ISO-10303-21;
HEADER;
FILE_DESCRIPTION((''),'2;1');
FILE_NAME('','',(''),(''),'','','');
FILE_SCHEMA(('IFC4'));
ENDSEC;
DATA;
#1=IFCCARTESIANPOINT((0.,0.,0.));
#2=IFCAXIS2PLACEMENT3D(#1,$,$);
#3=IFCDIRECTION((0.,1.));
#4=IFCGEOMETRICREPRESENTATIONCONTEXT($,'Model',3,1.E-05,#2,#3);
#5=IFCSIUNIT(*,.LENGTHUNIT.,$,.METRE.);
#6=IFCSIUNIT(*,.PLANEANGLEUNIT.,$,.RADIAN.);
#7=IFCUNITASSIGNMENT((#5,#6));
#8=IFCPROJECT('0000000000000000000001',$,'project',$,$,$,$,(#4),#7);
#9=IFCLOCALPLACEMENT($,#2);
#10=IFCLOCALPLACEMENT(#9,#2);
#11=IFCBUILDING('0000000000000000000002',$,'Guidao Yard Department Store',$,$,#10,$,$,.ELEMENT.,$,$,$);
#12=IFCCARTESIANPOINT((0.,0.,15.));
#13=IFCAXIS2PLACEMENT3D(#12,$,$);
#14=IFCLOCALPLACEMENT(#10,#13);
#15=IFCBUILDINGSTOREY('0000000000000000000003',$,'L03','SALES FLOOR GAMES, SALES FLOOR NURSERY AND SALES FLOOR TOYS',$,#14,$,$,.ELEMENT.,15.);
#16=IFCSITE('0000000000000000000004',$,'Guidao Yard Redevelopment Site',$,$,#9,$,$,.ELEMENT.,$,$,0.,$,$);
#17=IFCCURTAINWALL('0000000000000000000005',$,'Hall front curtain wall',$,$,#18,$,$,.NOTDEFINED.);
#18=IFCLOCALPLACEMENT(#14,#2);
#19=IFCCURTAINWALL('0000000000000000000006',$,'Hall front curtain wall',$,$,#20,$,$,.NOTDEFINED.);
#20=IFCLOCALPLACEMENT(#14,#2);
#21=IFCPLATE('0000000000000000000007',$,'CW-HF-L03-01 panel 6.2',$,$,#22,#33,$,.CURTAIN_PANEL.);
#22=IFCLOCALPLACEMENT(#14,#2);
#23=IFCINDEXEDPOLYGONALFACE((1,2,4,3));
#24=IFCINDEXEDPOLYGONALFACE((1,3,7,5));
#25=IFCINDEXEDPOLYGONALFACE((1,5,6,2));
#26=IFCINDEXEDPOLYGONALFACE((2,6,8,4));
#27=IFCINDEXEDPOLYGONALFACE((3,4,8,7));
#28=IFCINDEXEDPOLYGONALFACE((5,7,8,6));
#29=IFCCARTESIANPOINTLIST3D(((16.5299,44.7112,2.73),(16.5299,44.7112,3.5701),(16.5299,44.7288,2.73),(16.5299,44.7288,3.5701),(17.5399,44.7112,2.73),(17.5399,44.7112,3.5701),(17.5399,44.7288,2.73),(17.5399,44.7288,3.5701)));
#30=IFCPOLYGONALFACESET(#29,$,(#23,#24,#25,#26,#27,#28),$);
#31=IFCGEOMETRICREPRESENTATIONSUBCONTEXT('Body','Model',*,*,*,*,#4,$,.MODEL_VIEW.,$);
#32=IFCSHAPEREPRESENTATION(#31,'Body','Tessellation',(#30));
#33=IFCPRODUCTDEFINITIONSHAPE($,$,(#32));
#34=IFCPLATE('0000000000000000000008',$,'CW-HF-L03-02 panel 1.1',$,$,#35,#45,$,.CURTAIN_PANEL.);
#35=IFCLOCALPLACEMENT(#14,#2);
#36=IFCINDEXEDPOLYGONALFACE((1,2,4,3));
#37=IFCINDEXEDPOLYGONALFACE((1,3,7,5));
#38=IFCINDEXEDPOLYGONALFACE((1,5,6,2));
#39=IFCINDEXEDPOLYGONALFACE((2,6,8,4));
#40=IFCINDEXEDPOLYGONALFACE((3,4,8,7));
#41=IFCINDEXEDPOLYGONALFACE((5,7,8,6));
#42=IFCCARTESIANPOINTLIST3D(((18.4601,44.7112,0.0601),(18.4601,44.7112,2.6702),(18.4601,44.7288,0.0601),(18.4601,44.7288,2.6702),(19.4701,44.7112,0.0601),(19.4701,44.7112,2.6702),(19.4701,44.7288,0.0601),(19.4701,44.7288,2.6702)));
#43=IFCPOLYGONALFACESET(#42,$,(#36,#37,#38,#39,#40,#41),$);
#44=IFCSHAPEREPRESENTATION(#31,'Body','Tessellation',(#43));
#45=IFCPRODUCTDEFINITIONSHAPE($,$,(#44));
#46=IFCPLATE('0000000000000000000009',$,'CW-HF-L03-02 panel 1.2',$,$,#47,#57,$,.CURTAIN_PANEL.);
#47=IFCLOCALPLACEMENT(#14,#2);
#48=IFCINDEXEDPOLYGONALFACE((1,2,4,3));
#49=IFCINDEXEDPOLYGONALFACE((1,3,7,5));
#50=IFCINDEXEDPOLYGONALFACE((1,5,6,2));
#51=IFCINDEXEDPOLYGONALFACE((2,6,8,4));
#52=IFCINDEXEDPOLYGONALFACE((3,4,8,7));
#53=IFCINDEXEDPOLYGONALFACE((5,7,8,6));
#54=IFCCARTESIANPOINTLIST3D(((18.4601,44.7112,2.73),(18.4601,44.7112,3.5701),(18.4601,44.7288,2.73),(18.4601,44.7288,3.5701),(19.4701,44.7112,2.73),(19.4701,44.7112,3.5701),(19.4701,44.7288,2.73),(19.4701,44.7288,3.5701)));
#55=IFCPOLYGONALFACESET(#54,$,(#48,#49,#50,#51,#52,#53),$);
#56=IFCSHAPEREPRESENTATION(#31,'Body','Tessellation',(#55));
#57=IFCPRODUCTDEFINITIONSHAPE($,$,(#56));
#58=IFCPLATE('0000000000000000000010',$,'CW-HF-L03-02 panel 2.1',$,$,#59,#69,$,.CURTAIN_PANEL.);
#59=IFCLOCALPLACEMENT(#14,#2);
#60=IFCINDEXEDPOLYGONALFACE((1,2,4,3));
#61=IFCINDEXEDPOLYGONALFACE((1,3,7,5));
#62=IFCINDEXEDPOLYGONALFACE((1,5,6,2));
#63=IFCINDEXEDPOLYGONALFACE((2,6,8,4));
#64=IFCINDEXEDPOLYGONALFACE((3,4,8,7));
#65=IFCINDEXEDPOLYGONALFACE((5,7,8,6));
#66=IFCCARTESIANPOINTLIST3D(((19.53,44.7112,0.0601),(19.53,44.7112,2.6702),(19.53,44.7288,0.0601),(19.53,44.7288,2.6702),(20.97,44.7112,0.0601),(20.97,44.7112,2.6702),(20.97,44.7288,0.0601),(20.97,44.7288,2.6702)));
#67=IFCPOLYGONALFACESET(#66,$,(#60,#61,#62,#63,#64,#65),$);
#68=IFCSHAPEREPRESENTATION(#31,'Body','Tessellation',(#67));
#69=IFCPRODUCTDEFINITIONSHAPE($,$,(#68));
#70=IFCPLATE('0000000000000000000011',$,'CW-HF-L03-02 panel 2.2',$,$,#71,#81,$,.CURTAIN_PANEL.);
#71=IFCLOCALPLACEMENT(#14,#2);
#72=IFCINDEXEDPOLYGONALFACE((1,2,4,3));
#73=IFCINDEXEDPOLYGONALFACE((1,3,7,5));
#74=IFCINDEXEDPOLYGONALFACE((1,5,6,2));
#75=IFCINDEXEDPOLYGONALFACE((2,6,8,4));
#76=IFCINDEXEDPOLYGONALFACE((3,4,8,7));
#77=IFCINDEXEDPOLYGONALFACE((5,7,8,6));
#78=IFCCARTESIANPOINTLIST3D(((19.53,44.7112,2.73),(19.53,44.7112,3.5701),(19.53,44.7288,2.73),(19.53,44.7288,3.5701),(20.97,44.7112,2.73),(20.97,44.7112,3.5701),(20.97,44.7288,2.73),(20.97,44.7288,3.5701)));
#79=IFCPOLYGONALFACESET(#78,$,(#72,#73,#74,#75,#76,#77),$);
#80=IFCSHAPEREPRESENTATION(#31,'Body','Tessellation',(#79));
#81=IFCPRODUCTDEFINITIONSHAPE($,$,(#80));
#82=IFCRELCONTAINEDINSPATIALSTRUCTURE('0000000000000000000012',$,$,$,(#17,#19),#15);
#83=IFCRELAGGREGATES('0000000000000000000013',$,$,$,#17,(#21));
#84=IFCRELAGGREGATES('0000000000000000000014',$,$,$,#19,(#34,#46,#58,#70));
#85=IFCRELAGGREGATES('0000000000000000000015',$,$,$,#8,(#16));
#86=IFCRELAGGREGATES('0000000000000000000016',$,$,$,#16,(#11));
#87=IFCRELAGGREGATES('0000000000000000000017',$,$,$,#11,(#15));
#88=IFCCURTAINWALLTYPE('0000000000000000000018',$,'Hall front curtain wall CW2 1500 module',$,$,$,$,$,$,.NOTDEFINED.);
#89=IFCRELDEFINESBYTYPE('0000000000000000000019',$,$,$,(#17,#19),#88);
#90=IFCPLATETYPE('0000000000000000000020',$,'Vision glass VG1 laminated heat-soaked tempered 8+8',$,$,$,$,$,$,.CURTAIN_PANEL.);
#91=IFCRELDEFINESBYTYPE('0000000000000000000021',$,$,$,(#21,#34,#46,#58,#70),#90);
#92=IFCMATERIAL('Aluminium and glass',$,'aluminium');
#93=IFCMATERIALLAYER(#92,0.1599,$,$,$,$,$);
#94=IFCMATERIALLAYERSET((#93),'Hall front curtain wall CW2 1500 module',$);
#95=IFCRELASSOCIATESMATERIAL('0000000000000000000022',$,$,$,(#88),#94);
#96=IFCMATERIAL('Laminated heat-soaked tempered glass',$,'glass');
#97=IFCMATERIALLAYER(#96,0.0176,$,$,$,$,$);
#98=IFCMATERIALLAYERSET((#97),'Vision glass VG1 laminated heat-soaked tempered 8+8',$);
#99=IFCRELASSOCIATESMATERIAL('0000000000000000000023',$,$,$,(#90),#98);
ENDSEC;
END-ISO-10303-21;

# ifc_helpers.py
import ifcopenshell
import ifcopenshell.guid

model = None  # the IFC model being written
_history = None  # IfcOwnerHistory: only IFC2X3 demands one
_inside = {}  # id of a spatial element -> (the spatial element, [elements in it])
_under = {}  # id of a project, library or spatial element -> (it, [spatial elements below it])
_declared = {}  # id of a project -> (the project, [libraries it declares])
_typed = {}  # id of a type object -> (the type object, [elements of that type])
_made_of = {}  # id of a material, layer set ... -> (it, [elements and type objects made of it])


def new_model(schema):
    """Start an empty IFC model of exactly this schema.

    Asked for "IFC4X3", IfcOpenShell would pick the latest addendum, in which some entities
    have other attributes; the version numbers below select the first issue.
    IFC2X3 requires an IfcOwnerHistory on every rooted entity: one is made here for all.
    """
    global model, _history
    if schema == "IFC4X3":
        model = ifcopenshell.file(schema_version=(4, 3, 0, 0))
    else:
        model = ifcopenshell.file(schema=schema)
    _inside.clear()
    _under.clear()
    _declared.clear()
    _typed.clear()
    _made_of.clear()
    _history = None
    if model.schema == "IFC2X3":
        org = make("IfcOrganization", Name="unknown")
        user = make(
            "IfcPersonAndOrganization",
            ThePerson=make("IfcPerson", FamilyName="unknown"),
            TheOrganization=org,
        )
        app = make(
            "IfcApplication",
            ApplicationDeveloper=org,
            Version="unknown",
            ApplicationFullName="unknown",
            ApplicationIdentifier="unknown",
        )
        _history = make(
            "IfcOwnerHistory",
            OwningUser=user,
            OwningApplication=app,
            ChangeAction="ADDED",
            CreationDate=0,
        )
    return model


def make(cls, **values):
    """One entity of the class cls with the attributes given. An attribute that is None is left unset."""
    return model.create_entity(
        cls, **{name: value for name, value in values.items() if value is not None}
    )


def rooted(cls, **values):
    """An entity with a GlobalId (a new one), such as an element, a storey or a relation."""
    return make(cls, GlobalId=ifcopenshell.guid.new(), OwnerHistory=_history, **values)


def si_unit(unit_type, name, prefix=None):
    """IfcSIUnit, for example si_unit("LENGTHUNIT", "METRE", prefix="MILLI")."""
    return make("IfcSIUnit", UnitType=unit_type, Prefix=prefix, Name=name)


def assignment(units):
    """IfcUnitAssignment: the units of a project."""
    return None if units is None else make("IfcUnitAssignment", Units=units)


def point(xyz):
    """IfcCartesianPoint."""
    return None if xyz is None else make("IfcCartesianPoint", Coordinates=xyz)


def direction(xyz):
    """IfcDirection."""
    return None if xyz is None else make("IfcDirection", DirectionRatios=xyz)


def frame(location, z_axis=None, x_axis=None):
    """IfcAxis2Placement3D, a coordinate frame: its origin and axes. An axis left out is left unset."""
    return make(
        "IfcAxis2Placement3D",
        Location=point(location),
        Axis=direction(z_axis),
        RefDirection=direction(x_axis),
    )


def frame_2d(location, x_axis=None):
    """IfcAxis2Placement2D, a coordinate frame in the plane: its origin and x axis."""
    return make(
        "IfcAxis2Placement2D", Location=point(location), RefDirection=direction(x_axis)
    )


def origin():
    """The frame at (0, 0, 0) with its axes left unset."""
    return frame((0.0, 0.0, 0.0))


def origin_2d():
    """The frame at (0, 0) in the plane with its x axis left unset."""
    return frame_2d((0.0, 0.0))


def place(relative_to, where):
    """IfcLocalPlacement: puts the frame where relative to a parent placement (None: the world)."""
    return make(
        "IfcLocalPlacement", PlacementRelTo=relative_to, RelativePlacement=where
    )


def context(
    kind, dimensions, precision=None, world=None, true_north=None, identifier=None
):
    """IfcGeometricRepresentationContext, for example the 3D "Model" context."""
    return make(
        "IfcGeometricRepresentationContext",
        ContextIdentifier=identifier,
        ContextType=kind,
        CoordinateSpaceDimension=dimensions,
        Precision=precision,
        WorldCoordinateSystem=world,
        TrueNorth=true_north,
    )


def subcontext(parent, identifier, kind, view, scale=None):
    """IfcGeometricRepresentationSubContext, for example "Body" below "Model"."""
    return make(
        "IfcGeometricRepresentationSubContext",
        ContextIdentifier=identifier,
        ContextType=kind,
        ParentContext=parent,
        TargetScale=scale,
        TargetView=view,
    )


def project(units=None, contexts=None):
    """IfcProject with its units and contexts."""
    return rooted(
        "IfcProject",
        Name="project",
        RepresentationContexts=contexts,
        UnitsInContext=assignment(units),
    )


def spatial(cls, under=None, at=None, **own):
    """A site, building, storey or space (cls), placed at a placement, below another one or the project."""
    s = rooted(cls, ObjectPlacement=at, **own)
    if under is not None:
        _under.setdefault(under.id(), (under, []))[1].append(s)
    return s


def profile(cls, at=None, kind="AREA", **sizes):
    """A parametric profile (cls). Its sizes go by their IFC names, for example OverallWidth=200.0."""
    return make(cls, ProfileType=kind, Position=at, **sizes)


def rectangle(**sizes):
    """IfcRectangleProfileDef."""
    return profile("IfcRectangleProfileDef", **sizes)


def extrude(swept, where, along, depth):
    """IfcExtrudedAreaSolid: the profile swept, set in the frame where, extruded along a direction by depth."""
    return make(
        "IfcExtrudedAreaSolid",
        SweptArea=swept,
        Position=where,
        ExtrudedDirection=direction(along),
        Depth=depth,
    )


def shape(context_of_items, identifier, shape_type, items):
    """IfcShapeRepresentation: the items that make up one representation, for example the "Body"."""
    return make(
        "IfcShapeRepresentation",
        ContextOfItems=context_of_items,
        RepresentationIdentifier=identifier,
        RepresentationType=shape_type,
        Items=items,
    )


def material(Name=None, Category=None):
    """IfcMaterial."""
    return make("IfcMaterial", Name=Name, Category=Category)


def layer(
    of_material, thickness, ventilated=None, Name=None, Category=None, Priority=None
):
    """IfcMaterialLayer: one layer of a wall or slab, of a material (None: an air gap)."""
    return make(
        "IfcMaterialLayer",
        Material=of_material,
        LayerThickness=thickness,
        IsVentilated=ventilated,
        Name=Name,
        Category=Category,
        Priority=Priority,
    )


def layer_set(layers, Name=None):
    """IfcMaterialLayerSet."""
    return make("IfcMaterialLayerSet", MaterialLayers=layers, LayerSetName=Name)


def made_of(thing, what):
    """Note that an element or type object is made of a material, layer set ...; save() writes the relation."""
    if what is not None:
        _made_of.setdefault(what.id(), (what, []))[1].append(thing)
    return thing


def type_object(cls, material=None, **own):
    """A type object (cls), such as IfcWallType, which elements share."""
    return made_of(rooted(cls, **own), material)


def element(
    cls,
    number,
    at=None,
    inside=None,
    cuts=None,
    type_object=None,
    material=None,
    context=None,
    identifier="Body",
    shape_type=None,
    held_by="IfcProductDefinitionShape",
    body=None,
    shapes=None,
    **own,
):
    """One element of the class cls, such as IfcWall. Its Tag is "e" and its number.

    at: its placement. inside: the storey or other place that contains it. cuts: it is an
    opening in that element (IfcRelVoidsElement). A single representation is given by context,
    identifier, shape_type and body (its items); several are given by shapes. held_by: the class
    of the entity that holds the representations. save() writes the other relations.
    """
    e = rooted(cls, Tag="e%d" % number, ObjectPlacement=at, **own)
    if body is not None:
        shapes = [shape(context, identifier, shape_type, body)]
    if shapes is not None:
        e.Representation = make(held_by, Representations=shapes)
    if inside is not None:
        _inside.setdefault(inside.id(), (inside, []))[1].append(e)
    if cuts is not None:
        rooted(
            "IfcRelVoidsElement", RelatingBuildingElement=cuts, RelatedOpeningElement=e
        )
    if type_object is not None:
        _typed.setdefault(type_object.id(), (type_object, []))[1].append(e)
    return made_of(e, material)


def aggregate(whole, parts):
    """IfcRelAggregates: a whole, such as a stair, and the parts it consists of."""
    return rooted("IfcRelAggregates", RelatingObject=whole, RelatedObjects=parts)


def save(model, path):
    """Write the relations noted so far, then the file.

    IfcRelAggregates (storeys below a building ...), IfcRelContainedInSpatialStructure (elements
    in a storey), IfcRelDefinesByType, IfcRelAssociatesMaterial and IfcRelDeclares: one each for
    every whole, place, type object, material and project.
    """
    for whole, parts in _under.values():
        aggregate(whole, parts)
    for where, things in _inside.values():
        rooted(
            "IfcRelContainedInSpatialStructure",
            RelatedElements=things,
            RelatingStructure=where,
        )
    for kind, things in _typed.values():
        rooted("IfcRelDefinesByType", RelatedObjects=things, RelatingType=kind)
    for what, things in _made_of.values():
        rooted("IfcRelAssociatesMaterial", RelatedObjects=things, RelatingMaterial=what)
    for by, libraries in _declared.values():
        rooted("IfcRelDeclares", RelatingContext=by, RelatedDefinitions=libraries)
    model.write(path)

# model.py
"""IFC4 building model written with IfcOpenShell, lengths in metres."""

from ifc_helpers import new_model, si_unit, direction, frame, origin, origin_2d, place, context, subcontext, project, spatial, rectangle, extrude, material, layer, layer_set, type_object, element, aggregate, save


model = new_model("IFC4")

# Units and contexts
model_context = context("Model", 3, precision=1e-05, world=origin(), true_north=direction((0.0, 1.0)))
body_context = subcontext(model_context, "Body", "Model", "MODEL_VIEW")
ifc_project = project(units=[si_unit("LENGTHUNIT", "METRE"), si_unit("PLANEANGLEUNIT", "RADIAN")], contexts=[model_context])

# Site, building, storey
site_placement = place(None, origin())
site = spatial("IfcSite", under=ifc_project, at=site_placement, Name="Guidao Yard Redevelopment Site", CompositionType="ELEMENT", RefElevation=0.0)
building_placement = place(site_placement, origin())
building = spatial("IfcBuilding", under=site, at=building_placement, Name="Guidao Yard Department Store", CompositionType="ELEMENT")
storey_placement = place(building_placement, frame((0.0, 0.0, 15.0)))
storey = spatial("IfcBuildingStorey", under=building, at=storey_placement, Name="L03", Description="SALES FLOOR GAMES, SALES FLOOR NURSERY AND SALES FLOOR TOYS", CompositionType="ELEMENT", Elevation=15.0)

# Curtain walls
ifc_material_1 = material(Name="Aluminium and glass", Category="aluminium")
ifc_layer_1 = layer(ifc_material_1, 0.1599)
ifc_layer_set_1 = layer_set([ifc_layer_1], Name="Hall front curtain wall CW2 1500 module")
curtain_wall_type = type_object("IfcCurtainWallType", Name="Hall front curtain wall CW2 1500 module", PredefinedType="NOTDEFINED", material=ifc_layer_set_1)
curtain_wall_1_placement = place(storey_placement, origin())
curtain_wall_1 = element("IfcCurtainWall", 1, at=curtain_wall_1_placement, inside=storey, type_object=curtain_wall_type, Name="Hall front curtain wall", PredefinedType="NOTDEFINED")
curtain_wall_2_placement = place(storey_placement, origin())
curtain_wall_2 = element("IfcCurtainWall", 2, at=curtain_wall_2_placement, inside=storey, type_object=curtain_wall_type, Name="Hall front curtain wall", PredefinedType="NOTDEFINED")

# Plates
ifc_material_2 = material(Name="Laminated heat-soaked tempered glass", Category="glass")
ifc_layer_2 = layer(ifc_material_2, 0.0176)
ifc_layer_set_2 = layer_set([ifc_layer_2], Name="Vision glass VG1 laminated heat-soaked tempered 8+8")
plate_type_1 = type_object("IfcPlateType", Name="Vision glass VG1 laminated heat-soaked tempered 8+8", PredefinedType="CURTAIN_PANEL", material=ifc_layer_set_2)
plate_1_placement = place(storey_placement, frame((17.0349, 44.72, 2.73), z_axis=(0.0, 0.0, 1.0), x_axis=(-1.0, 0.0, 0.0)))
plate_1 = element("IfcPlate", 3, at=plate_1_placement, type_object=plate_type_1, Name="CW-HF-L03-01 panel 6.2", PredefinedType="CURTAIN_PANEL", context=body_context, shape_type="SweptSolid", body=[
    extrude(rectangle(XDim=1.01, YDim=0.0176, at=origin_2d()), origin(), (0.0, 0.0, 1.0), 0.8401),
])
aggregate(curtain_wall_1, [plate_1])
plate_2_placement = place(storey_placement, frame((18.9651, 44.72, 0.0601), z_axis=(0.0, 0.0, 1.0), x_axis=(-1.0, 0.0, 0.0)))
plate_2 = element("IfcPlate", 4, at=plate_2_placement, type_object=plate_type_1, Name="CW-HF-L03-02 panel 1.1", PredefinedType="CURTAIN_PANEL", context=body_context, shape_type="SweptSolid", body=[
    extrude(rectangle(XDim=1.01, YDim=0.0176, at=origin_2d()), origin(), (0.0, 0.0, 1.0), 2.6101),
])
plate_3_placement = place(storey_placement, frame((18.9651, 44.72, 2.73), z_axis=(0.0, 0.0, 1.0), x_axis=(-1.0, 0.0, 0.0)))
plate_3 = element("IfcPlate", 5, at=plate_3_placement, type_object=plate_type_1, Name="CW-HF-L03-02 panel 1.2", PredefinedType="CURTAIN_PANEL", context=body_context, shape_type="SweptSolid", body=[
    extrude(rectangle(XDim=1.01, YDim=0.0176, at=origin_2d()), origin(), (0.0, 0.0, 1.0), 0.8401),
])
plate_4_placement = place(storey_placement, frame((20.25, 44.72, 0.0601), z_axis=(0.0, 0.0, 1.0), x_axis=(-1.0, 0.0, 0.0)))
plate_4 = element("IfcPlate", 6, at=plate_4_placement, type_object=plate_type_1, Name="CW-HF-L03-02 panel 2.1", PredefinedType="CURTAIN_PANEL", context=body_context, shape_type="SweptSolid", body=[
    extrude(rectangle(XDim=1.4399, YDim=0.0176, at=origin_2d()), origin(), (0.0, 0.0, 1.0), 2.6101),
])
plate_5_placement = place(storey_placement, frame((20.25, 44.72, 2.73), z_axis=(0.0, 0.0, 1.0), x_axis=(-1.0, 0.0, 0.0)))
plate_5 = element("IfcPlate", 7, at=plate_5_placement, type_object=plate_type_1, Name="CW-HF-L03-02 panel 2.2", PredefinedType="CURTAIN_PANEL", context=body_context, shape_type="SweptSolid", body=[
    extrude(rectangle(XDim=1.4399, YDim=0.0176, at=origin_2d()), origin(), (0.0, 0.0, 1.0), 0.8401),
])
aggregate(curtain_wall_2, [plate_2, plate_3, plate_4, plate_5])

save(model, "model.ifc")
